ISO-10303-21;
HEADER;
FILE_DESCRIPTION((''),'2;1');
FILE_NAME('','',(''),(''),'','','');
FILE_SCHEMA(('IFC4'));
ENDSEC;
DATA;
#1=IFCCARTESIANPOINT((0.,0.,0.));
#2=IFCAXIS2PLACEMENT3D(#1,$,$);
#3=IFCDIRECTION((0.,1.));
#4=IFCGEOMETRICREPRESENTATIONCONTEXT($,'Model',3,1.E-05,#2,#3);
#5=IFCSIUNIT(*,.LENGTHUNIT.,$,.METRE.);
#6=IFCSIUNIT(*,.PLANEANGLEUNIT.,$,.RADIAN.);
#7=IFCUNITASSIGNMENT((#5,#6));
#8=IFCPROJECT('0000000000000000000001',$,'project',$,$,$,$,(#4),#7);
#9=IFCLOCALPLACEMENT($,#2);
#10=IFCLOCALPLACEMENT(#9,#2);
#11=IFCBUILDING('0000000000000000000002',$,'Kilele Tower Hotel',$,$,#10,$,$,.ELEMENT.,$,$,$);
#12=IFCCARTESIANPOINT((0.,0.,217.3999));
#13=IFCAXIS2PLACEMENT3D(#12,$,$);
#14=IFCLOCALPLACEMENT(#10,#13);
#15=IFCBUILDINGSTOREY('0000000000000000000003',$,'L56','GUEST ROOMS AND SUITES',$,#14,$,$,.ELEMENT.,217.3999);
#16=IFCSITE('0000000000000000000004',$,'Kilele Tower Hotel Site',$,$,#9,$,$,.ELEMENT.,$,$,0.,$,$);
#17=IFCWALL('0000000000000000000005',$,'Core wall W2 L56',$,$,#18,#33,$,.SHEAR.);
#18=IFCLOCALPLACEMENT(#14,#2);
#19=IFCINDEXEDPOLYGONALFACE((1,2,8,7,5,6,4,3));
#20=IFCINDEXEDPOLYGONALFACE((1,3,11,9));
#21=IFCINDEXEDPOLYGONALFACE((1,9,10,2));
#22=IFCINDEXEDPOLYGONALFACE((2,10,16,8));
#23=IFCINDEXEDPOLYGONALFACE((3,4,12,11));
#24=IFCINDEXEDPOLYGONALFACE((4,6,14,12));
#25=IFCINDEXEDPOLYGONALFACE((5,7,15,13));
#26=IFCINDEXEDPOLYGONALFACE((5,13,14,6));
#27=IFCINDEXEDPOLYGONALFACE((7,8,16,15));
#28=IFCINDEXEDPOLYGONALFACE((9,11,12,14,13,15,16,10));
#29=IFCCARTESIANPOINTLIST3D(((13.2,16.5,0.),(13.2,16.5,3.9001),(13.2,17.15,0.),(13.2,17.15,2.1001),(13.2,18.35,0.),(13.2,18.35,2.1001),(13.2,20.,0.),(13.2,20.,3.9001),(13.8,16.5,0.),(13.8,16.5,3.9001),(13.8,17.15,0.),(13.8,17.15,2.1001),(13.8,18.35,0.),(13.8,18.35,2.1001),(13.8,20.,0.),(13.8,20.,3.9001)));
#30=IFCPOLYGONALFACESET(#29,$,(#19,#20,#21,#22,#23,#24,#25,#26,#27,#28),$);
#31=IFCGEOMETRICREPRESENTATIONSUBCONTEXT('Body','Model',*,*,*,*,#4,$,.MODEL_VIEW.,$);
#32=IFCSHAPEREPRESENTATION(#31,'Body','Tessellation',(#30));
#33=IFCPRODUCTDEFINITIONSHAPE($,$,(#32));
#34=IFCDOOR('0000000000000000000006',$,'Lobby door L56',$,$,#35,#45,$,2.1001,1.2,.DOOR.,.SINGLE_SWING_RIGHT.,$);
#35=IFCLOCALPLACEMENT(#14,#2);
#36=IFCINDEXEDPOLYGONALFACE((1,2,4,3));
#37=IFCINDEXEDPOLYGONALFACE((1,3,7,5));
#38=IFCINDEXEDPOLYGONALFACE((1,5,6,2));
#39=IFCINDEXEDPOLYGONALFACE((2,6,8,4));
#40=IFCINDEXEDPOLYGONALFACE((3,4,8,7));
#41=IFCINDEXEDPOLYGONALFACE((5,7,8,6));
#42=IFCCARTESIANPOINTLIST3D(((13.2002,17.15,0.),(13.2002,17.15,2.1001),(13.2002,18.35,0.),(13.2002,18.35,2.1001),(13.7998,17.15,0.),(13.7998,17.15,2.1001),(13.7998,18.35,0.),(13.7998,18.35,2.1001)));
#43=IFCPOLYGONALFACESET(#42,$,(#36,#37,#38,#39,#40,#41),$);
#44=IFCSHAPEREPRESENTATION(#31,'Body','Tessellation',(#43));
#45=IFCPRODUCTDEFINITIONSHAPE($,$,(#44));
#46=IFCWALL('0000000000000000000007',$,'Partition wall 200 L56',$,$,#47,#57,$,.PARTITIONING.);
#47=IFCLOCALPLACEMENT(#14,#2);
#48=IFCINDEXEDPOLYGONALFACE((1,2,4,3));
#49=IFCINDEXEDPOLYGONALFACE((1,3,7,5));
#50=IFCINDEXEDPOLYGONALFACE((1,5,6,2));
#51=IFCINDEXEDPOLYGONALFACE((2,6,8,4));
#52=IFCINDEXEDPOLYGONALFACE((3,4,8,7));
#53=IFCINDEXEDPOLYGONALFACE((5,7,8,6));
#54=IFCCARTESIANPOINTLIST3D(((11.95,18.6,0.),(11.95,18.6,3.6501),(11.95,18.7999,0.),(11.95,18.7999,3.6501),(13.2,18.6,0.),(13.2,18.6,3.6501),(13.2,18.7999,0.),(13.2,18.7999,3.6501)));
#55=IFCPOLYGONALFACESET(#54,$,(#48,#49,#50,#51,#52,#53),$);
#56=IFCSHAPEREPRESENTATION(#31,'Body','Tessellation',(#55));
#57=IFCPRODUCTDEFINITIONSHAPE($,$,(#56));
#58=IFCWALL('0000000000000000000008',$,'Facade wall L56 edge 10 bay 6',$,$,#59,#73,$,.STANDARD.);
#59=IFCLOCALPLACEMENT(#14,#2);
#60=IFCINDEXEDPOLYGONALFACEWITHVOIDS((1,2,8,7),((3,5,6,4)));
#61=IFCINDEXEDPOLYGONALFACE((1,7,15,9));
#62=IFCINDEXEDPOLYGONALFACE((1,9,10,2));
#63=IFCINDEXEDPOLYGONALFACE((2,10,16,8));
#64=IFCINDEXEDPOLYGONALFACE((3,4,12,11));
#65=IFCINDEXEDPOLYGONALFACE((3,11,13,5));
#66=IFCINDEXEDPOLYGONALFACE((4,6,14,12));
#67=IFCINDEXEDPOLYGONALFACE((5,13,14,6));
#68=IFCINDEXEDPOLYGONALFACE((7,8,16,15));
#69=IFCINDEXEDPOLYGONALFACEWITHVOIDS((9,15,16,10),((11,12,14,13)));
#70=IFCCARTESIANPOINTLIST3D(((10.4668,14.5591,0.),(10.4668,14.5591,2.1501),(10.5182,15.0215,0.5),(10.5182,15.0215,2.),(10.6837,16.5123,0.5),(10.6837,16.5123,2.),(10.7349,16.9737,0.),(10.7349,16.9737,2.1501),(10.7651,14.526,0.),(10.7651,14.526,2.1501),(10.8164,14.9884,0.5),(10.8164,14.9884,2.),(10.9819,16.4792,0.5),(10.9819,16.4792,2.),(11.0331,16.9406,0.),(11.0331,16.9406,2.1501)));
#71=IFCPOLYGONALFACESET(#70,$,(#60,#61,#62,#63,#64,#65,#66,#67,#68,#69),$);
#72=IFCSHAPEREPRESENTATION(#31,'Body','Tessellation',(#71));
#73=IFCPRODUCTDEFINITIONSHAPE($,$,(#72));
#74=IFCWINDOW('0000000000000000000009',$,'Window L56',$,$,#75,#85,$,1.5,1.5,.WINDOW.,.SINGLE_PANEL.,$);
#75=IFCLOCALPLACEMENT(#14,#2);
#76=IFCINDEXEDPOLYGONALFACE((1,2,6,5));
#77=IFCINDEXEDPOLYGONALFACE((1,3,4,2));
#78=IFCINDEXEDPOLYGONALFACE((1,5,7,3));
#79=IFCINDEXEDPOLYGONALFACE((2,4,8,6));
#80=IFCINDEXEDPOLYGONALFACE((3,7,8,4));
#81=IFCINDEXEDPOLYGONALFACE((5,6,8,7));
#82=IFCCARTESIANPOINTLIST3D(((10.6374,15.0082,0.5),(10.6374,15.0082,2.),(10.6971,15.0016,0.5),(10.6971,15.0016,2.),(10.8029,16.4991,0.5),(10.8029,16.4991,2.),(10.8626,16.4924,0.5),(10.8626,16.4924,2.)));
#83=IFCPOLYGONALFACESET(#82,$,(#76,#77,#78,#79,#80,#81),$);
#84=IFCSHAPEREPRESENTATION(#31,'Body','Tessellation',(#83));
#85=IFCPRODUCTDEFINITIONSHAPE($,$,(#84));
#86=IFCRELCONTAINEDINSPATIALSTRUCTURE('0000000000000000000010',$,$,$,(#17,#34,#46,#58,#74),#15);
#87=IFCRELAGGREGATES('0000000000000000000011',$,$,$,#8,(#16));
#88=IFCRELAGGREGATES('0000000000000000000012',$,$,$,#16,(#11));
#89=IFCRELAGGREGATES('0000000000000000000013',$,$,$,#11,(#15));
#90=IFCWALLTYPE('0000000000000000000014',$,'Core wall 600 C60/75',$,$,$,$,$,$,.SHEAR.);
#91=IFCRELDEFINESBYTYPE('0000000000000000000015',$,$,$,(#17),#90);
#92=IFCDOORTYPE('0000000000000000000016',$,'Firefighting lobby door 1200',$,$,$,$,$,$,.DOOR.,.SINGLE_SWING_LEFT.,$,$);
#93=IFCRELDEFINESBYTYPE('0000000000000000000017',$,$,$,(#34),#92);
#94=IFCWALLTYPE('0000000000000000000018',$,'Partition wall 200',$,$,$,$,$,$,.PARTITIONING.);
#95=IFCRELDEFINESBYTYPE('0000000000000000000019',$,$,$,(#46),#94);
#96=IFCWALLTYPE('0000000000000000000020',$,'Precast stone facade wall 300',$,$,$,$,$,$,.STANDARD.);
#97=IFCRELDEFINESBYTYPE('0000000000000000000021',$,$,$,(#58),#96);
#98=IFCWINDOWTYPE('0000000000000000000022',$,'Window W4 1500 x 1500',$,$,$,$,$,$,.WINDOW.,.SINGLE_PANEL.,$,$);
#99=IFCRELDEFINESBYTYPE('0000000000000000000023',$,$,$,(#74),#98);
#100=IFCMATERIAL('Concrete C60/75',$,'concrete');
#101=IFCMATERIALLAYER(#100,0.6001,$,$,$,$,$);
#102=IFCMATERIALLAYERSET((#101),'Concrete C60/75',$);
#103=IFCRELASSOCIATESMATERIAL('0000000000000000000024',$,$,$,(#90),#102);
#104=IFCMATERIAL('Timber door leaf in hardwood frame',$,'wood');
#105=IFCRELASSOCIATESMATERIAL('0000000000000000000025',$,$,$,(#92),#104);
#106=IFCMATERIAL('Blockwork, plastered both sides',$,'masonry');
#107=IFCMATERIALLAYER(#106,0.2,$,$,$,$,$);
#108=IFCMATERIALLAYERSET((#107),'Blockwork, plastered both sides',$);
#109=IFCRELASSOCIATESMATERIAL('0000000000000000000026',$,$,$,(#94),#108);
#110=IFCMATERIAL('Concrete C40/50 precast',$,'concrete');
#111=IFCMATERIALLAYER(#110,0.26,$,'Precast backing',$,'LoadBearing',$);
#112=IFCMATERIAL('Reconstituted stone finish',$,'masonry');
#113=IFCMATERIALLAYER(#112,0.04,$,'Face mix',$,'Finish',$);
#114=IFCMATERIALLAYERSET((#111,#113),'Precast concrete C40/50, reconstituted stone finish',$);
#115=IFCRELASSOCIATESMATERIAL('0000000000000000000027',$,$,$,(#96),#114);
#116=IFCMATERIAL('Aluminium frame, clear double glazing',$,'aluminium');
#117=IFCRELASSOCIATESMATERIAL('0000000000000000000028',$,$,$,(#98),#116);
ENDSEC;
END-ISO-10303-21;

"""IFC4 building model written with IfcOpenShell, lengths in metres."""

from ifc_helpers import new_model, si_unit, direction, frame, frame_2d, origin, place, context, subcontext, project, spatial, rectangle, extrude, material, layer, layer_set, type_object, element, fill, save


model = new_model("IFC4")

# Units and contexts
model_context = context("Model", 3, precision=1e-05, world=origin(), true_north=direction((0.0, 1.0)))
body_context = subcontext(model_context, "Body", "Model", "MODEL_VIEW")
ifc_project = project(units=[si_unit("LENGTHUNIT", "METRE"), si_unit("PLANEANGLEUNIT", "RADIAN")], contexts=[model_context])

# Site, building, storey
site_placement = place(None, origin())
site = spatial("IfcSite", under=ifc_project, at=site_placement, Name="Kilele Tower Hotel Site", CompositionType="ELEMENT", RefElevation=0.0)
building_placement = place(site_placement, origin())
building = spatial("IfcBuilding", under=site, at=building_placement, Name="Kilele Tower Hotel", CompositionType="ELEMENT")
storey_placement = place(building_placement, frame((0.0, 0.0, 217.3999)))
storey = spatial("IfcBuildingStorey", under=building, at=storey_placement, Name="L56", Description="GUEST ROOMS AND SUITES", CompositionType="ELEMENT", Elevation=217.3999)

# Shared definitions
ifc_material_1 = material(Name="Concrete C60/75", Category="concrete")
ifc_layer_1 = layer(ifc_material_1, 0.6001)
ifc_layer_set_1 = layer_set([ifc_layer_1], Name="Concrete C60/75")
wall_type_1 = type_object("IfcWallType", Name="Core wall 600 C60/75", PredefinedType="SHEAR", material=ifc_layer_set_1)

# Wall, opening, door
wall_1_placement = place(storey_placement, frame((13.5, 20.0, 0.0), z_axis=(0.0, 0.0, 1.0), x_axis=(0.0, -1.0, 0.0)))
wall_1 = element("IfcWall", 1, at=wall_1_placement, inside=storey, type_object=wall_type_1, Name="Core wall W2 L56", PredefinedType="SHEAR", context=body_context, shape_type="SweptSolid", body=[
    extrude(rectangle(XDim=3.5, YDim=0.6001, at=frame_2d((1.75, 0.0))), origin(), (0.0, 0.0, 1.0), 3.9001),
])
opening_1_placement = place(wall_1_placement, frame((1.6499, 0.0, 0.0)))
opening_1 = element("IfcOpeningElement", 2, at=opening_1_placement, cuts=wall_1, PredefinedType="OPENING", context=body_context, shape_type="SweptSolid", body=[
    extrude(rectangle(XDim=1.2, YDim=2.1001, at=frame_2d((0.6001, 1.05))), frame((0.0, 0.3101, 0.0), z_axis=(0.0, -1.0, 0.0), x_axis=(1.0, 0.0, 0.0)), (0.0, 0.0, 1.0), 0.6201),
])
ifc_material_2 = material(Name="Timber door leaf in hardwood frame", Category="wood")
door_type_1 = type_object("IfcDoorType", Name="Firefighting lobby door 1200", OperationType="SINGLE_SWING_LEFT", PredefinedType="DOOR", material=ifc_material_2)
door_1_placement = place(opening_1_placement, origin())
door_1 = element("IfcDoor", 3, at=door_1_placement, inside=storey, type_object=door_type_1, Name="Lobby door L56", OperationType="SINGLE_SWING_RIGHT", OverallHeight=2.1001, OverallWidth=1.2, PredefinedType="DOOR", context=body_context, shape_type="SweptSolid", body=[
    extrude(rectangle(XDim=1.2, YDim=2.1001, at=frame_2d((0.6001, 1.05))), frame((0.0, 0.2998, 0.0), z_axis=(0.0, -1.0, 0.0), x_axis=(1.0, 0.0, 0.0)), (0.0, 0.0, 1.0), 0.5996),
])
fill(opening_1, door_1)

# Wall
ifc_material_3 = material(Name="Blockwork, plastered both sides", Category="masonry")
ifc_layer_2 = layer(ifc_material_3, 0.2)
ifc_layer_set_2 = layer_set([ifc_layer_2], Name="Blockwork, plastered both sides")
wall_type_2 = type_object("IfcWallType", Name="Partition wall 200", PredefinedType="PARTITIONING", material=ifc_layer_set_2)
wall_2_placement = place(storey_placement, frame((13.2, 18.7, 0.0), z_axis=(0.0, 0.0, 1.0), x_axis=(-1.0, 0.0, 0.0)))
element("IfcWall", 4, at=wall_2_placement, inside=storey, type_object=wall_type_2, Name="Partition wall 200 L56", PredefinedType="PARTITIONING", context=body_context, shape_type="SweptSolid", body=[
    extrude(rectangle(XDim=1.25, YDim=0.2, at=frame_2d((0.625, 0.0))), origin(), (0.0, 0.0, 1.0), 3.6501),
])

# Wall, opening, window
ifc_material_4 = material(Name="Concrete C40/50 precast", Category="concrete")
ifc_layer_3 = layer(ifc_material_4, 0.26, Name="Precast backing", Category="LoadBearing")
ifc_material_5 = material(Name="Reconstituted stone finish", Category="masonry")
ifc_layer_4 = layer(ifc_material_5, 0.04, Name="Face mix", Category="Finish")
ifc_layer_set_3 = layer_set([ifc_layer_3, ifc_layer_4], Name="Precast concrete C40/50, reconstituted stone finish")
wall_type_3 = type_object("IfcWallType", Name="Precast stone facade wall 300", PredefinedType="STANDARD", material=ifc_layer_set_3)
wall_3_placement = place(storey_placement, frame((10.884, 16.9573, 0.0), z_axis=(0.0, 0.0, 1.0), x_axis=(-0.110343, -0.993894, 0.0)))
wall_3 = element("IfcWall", 5, at=wall_3_placement, inside=storey, type_object=wall_type_3, Name="Facade wall L56 edge 10 bay 6", PredefinedType="STANDARD", context=body_context, shape_type="SweptSolid", body=[
    extrude(rectangle(XDim=2.4294, YDim=0.3, at=frame_2d((1.2148, 0.0))), origin(), (0.0, 0.0, 1.0), 2.1501),
])
opening_2_placement = place(wall_3_placement, frame((0.4644, 0.0, 0.5)))
opening_2 = element("IfcOpeningElement", 6, at=opening_2_placement, cuts=wall_3, PredefinedType="OPENING", context=body_context, shape_type="SweptSolid", body=[
    extrude(rectangle(XDim=1.5, YDim=1.5, at=frame_2d((0.75, 0.75))), frame((0.0, 0.1599, 0.0), z_axis=(0.0, -1.0, 0.0), x_axis=(1.0, 0.0, 0.0)), (0.0, 0.0, 1.0), 0.3201),
])
ifc_material_6 = material(Name="Aluminium frame, clear double glazing", Category="aluminium")
window_type = type_object("IfcWindowType", Name="Window W4 1500 x 1500", PartitioningType="SINGLE_PANEL", PredefinedType="WINDOW", material=ifc_material_6)
window_placement = place(opening_2_placement, origin())
window = element("IfcWindow", 7, at=window_placement, inside=storey, type_object=window_type, Name="Window L56", OverallHeight=1.5, OverallWidth=1.5, PartitioningType="SINGLE_PANEL", PredefinedType="WINDOW", context=body_context, shape_type="SweptSolid", body=[
    extrude(rectangle(XDim=1.5, YDim=1.5, at=frame_2d((0.75, 0.75))), frame((0.0, 0.03, 0.0), z_axis=(0.0, -1.0, 0.0), x_axis=(1.0, 0.0, 0.0)), (0.0, 0.0, 1.0), 0.0601),
])
fill(opening_2, window)

save(model, "model.ifc")
